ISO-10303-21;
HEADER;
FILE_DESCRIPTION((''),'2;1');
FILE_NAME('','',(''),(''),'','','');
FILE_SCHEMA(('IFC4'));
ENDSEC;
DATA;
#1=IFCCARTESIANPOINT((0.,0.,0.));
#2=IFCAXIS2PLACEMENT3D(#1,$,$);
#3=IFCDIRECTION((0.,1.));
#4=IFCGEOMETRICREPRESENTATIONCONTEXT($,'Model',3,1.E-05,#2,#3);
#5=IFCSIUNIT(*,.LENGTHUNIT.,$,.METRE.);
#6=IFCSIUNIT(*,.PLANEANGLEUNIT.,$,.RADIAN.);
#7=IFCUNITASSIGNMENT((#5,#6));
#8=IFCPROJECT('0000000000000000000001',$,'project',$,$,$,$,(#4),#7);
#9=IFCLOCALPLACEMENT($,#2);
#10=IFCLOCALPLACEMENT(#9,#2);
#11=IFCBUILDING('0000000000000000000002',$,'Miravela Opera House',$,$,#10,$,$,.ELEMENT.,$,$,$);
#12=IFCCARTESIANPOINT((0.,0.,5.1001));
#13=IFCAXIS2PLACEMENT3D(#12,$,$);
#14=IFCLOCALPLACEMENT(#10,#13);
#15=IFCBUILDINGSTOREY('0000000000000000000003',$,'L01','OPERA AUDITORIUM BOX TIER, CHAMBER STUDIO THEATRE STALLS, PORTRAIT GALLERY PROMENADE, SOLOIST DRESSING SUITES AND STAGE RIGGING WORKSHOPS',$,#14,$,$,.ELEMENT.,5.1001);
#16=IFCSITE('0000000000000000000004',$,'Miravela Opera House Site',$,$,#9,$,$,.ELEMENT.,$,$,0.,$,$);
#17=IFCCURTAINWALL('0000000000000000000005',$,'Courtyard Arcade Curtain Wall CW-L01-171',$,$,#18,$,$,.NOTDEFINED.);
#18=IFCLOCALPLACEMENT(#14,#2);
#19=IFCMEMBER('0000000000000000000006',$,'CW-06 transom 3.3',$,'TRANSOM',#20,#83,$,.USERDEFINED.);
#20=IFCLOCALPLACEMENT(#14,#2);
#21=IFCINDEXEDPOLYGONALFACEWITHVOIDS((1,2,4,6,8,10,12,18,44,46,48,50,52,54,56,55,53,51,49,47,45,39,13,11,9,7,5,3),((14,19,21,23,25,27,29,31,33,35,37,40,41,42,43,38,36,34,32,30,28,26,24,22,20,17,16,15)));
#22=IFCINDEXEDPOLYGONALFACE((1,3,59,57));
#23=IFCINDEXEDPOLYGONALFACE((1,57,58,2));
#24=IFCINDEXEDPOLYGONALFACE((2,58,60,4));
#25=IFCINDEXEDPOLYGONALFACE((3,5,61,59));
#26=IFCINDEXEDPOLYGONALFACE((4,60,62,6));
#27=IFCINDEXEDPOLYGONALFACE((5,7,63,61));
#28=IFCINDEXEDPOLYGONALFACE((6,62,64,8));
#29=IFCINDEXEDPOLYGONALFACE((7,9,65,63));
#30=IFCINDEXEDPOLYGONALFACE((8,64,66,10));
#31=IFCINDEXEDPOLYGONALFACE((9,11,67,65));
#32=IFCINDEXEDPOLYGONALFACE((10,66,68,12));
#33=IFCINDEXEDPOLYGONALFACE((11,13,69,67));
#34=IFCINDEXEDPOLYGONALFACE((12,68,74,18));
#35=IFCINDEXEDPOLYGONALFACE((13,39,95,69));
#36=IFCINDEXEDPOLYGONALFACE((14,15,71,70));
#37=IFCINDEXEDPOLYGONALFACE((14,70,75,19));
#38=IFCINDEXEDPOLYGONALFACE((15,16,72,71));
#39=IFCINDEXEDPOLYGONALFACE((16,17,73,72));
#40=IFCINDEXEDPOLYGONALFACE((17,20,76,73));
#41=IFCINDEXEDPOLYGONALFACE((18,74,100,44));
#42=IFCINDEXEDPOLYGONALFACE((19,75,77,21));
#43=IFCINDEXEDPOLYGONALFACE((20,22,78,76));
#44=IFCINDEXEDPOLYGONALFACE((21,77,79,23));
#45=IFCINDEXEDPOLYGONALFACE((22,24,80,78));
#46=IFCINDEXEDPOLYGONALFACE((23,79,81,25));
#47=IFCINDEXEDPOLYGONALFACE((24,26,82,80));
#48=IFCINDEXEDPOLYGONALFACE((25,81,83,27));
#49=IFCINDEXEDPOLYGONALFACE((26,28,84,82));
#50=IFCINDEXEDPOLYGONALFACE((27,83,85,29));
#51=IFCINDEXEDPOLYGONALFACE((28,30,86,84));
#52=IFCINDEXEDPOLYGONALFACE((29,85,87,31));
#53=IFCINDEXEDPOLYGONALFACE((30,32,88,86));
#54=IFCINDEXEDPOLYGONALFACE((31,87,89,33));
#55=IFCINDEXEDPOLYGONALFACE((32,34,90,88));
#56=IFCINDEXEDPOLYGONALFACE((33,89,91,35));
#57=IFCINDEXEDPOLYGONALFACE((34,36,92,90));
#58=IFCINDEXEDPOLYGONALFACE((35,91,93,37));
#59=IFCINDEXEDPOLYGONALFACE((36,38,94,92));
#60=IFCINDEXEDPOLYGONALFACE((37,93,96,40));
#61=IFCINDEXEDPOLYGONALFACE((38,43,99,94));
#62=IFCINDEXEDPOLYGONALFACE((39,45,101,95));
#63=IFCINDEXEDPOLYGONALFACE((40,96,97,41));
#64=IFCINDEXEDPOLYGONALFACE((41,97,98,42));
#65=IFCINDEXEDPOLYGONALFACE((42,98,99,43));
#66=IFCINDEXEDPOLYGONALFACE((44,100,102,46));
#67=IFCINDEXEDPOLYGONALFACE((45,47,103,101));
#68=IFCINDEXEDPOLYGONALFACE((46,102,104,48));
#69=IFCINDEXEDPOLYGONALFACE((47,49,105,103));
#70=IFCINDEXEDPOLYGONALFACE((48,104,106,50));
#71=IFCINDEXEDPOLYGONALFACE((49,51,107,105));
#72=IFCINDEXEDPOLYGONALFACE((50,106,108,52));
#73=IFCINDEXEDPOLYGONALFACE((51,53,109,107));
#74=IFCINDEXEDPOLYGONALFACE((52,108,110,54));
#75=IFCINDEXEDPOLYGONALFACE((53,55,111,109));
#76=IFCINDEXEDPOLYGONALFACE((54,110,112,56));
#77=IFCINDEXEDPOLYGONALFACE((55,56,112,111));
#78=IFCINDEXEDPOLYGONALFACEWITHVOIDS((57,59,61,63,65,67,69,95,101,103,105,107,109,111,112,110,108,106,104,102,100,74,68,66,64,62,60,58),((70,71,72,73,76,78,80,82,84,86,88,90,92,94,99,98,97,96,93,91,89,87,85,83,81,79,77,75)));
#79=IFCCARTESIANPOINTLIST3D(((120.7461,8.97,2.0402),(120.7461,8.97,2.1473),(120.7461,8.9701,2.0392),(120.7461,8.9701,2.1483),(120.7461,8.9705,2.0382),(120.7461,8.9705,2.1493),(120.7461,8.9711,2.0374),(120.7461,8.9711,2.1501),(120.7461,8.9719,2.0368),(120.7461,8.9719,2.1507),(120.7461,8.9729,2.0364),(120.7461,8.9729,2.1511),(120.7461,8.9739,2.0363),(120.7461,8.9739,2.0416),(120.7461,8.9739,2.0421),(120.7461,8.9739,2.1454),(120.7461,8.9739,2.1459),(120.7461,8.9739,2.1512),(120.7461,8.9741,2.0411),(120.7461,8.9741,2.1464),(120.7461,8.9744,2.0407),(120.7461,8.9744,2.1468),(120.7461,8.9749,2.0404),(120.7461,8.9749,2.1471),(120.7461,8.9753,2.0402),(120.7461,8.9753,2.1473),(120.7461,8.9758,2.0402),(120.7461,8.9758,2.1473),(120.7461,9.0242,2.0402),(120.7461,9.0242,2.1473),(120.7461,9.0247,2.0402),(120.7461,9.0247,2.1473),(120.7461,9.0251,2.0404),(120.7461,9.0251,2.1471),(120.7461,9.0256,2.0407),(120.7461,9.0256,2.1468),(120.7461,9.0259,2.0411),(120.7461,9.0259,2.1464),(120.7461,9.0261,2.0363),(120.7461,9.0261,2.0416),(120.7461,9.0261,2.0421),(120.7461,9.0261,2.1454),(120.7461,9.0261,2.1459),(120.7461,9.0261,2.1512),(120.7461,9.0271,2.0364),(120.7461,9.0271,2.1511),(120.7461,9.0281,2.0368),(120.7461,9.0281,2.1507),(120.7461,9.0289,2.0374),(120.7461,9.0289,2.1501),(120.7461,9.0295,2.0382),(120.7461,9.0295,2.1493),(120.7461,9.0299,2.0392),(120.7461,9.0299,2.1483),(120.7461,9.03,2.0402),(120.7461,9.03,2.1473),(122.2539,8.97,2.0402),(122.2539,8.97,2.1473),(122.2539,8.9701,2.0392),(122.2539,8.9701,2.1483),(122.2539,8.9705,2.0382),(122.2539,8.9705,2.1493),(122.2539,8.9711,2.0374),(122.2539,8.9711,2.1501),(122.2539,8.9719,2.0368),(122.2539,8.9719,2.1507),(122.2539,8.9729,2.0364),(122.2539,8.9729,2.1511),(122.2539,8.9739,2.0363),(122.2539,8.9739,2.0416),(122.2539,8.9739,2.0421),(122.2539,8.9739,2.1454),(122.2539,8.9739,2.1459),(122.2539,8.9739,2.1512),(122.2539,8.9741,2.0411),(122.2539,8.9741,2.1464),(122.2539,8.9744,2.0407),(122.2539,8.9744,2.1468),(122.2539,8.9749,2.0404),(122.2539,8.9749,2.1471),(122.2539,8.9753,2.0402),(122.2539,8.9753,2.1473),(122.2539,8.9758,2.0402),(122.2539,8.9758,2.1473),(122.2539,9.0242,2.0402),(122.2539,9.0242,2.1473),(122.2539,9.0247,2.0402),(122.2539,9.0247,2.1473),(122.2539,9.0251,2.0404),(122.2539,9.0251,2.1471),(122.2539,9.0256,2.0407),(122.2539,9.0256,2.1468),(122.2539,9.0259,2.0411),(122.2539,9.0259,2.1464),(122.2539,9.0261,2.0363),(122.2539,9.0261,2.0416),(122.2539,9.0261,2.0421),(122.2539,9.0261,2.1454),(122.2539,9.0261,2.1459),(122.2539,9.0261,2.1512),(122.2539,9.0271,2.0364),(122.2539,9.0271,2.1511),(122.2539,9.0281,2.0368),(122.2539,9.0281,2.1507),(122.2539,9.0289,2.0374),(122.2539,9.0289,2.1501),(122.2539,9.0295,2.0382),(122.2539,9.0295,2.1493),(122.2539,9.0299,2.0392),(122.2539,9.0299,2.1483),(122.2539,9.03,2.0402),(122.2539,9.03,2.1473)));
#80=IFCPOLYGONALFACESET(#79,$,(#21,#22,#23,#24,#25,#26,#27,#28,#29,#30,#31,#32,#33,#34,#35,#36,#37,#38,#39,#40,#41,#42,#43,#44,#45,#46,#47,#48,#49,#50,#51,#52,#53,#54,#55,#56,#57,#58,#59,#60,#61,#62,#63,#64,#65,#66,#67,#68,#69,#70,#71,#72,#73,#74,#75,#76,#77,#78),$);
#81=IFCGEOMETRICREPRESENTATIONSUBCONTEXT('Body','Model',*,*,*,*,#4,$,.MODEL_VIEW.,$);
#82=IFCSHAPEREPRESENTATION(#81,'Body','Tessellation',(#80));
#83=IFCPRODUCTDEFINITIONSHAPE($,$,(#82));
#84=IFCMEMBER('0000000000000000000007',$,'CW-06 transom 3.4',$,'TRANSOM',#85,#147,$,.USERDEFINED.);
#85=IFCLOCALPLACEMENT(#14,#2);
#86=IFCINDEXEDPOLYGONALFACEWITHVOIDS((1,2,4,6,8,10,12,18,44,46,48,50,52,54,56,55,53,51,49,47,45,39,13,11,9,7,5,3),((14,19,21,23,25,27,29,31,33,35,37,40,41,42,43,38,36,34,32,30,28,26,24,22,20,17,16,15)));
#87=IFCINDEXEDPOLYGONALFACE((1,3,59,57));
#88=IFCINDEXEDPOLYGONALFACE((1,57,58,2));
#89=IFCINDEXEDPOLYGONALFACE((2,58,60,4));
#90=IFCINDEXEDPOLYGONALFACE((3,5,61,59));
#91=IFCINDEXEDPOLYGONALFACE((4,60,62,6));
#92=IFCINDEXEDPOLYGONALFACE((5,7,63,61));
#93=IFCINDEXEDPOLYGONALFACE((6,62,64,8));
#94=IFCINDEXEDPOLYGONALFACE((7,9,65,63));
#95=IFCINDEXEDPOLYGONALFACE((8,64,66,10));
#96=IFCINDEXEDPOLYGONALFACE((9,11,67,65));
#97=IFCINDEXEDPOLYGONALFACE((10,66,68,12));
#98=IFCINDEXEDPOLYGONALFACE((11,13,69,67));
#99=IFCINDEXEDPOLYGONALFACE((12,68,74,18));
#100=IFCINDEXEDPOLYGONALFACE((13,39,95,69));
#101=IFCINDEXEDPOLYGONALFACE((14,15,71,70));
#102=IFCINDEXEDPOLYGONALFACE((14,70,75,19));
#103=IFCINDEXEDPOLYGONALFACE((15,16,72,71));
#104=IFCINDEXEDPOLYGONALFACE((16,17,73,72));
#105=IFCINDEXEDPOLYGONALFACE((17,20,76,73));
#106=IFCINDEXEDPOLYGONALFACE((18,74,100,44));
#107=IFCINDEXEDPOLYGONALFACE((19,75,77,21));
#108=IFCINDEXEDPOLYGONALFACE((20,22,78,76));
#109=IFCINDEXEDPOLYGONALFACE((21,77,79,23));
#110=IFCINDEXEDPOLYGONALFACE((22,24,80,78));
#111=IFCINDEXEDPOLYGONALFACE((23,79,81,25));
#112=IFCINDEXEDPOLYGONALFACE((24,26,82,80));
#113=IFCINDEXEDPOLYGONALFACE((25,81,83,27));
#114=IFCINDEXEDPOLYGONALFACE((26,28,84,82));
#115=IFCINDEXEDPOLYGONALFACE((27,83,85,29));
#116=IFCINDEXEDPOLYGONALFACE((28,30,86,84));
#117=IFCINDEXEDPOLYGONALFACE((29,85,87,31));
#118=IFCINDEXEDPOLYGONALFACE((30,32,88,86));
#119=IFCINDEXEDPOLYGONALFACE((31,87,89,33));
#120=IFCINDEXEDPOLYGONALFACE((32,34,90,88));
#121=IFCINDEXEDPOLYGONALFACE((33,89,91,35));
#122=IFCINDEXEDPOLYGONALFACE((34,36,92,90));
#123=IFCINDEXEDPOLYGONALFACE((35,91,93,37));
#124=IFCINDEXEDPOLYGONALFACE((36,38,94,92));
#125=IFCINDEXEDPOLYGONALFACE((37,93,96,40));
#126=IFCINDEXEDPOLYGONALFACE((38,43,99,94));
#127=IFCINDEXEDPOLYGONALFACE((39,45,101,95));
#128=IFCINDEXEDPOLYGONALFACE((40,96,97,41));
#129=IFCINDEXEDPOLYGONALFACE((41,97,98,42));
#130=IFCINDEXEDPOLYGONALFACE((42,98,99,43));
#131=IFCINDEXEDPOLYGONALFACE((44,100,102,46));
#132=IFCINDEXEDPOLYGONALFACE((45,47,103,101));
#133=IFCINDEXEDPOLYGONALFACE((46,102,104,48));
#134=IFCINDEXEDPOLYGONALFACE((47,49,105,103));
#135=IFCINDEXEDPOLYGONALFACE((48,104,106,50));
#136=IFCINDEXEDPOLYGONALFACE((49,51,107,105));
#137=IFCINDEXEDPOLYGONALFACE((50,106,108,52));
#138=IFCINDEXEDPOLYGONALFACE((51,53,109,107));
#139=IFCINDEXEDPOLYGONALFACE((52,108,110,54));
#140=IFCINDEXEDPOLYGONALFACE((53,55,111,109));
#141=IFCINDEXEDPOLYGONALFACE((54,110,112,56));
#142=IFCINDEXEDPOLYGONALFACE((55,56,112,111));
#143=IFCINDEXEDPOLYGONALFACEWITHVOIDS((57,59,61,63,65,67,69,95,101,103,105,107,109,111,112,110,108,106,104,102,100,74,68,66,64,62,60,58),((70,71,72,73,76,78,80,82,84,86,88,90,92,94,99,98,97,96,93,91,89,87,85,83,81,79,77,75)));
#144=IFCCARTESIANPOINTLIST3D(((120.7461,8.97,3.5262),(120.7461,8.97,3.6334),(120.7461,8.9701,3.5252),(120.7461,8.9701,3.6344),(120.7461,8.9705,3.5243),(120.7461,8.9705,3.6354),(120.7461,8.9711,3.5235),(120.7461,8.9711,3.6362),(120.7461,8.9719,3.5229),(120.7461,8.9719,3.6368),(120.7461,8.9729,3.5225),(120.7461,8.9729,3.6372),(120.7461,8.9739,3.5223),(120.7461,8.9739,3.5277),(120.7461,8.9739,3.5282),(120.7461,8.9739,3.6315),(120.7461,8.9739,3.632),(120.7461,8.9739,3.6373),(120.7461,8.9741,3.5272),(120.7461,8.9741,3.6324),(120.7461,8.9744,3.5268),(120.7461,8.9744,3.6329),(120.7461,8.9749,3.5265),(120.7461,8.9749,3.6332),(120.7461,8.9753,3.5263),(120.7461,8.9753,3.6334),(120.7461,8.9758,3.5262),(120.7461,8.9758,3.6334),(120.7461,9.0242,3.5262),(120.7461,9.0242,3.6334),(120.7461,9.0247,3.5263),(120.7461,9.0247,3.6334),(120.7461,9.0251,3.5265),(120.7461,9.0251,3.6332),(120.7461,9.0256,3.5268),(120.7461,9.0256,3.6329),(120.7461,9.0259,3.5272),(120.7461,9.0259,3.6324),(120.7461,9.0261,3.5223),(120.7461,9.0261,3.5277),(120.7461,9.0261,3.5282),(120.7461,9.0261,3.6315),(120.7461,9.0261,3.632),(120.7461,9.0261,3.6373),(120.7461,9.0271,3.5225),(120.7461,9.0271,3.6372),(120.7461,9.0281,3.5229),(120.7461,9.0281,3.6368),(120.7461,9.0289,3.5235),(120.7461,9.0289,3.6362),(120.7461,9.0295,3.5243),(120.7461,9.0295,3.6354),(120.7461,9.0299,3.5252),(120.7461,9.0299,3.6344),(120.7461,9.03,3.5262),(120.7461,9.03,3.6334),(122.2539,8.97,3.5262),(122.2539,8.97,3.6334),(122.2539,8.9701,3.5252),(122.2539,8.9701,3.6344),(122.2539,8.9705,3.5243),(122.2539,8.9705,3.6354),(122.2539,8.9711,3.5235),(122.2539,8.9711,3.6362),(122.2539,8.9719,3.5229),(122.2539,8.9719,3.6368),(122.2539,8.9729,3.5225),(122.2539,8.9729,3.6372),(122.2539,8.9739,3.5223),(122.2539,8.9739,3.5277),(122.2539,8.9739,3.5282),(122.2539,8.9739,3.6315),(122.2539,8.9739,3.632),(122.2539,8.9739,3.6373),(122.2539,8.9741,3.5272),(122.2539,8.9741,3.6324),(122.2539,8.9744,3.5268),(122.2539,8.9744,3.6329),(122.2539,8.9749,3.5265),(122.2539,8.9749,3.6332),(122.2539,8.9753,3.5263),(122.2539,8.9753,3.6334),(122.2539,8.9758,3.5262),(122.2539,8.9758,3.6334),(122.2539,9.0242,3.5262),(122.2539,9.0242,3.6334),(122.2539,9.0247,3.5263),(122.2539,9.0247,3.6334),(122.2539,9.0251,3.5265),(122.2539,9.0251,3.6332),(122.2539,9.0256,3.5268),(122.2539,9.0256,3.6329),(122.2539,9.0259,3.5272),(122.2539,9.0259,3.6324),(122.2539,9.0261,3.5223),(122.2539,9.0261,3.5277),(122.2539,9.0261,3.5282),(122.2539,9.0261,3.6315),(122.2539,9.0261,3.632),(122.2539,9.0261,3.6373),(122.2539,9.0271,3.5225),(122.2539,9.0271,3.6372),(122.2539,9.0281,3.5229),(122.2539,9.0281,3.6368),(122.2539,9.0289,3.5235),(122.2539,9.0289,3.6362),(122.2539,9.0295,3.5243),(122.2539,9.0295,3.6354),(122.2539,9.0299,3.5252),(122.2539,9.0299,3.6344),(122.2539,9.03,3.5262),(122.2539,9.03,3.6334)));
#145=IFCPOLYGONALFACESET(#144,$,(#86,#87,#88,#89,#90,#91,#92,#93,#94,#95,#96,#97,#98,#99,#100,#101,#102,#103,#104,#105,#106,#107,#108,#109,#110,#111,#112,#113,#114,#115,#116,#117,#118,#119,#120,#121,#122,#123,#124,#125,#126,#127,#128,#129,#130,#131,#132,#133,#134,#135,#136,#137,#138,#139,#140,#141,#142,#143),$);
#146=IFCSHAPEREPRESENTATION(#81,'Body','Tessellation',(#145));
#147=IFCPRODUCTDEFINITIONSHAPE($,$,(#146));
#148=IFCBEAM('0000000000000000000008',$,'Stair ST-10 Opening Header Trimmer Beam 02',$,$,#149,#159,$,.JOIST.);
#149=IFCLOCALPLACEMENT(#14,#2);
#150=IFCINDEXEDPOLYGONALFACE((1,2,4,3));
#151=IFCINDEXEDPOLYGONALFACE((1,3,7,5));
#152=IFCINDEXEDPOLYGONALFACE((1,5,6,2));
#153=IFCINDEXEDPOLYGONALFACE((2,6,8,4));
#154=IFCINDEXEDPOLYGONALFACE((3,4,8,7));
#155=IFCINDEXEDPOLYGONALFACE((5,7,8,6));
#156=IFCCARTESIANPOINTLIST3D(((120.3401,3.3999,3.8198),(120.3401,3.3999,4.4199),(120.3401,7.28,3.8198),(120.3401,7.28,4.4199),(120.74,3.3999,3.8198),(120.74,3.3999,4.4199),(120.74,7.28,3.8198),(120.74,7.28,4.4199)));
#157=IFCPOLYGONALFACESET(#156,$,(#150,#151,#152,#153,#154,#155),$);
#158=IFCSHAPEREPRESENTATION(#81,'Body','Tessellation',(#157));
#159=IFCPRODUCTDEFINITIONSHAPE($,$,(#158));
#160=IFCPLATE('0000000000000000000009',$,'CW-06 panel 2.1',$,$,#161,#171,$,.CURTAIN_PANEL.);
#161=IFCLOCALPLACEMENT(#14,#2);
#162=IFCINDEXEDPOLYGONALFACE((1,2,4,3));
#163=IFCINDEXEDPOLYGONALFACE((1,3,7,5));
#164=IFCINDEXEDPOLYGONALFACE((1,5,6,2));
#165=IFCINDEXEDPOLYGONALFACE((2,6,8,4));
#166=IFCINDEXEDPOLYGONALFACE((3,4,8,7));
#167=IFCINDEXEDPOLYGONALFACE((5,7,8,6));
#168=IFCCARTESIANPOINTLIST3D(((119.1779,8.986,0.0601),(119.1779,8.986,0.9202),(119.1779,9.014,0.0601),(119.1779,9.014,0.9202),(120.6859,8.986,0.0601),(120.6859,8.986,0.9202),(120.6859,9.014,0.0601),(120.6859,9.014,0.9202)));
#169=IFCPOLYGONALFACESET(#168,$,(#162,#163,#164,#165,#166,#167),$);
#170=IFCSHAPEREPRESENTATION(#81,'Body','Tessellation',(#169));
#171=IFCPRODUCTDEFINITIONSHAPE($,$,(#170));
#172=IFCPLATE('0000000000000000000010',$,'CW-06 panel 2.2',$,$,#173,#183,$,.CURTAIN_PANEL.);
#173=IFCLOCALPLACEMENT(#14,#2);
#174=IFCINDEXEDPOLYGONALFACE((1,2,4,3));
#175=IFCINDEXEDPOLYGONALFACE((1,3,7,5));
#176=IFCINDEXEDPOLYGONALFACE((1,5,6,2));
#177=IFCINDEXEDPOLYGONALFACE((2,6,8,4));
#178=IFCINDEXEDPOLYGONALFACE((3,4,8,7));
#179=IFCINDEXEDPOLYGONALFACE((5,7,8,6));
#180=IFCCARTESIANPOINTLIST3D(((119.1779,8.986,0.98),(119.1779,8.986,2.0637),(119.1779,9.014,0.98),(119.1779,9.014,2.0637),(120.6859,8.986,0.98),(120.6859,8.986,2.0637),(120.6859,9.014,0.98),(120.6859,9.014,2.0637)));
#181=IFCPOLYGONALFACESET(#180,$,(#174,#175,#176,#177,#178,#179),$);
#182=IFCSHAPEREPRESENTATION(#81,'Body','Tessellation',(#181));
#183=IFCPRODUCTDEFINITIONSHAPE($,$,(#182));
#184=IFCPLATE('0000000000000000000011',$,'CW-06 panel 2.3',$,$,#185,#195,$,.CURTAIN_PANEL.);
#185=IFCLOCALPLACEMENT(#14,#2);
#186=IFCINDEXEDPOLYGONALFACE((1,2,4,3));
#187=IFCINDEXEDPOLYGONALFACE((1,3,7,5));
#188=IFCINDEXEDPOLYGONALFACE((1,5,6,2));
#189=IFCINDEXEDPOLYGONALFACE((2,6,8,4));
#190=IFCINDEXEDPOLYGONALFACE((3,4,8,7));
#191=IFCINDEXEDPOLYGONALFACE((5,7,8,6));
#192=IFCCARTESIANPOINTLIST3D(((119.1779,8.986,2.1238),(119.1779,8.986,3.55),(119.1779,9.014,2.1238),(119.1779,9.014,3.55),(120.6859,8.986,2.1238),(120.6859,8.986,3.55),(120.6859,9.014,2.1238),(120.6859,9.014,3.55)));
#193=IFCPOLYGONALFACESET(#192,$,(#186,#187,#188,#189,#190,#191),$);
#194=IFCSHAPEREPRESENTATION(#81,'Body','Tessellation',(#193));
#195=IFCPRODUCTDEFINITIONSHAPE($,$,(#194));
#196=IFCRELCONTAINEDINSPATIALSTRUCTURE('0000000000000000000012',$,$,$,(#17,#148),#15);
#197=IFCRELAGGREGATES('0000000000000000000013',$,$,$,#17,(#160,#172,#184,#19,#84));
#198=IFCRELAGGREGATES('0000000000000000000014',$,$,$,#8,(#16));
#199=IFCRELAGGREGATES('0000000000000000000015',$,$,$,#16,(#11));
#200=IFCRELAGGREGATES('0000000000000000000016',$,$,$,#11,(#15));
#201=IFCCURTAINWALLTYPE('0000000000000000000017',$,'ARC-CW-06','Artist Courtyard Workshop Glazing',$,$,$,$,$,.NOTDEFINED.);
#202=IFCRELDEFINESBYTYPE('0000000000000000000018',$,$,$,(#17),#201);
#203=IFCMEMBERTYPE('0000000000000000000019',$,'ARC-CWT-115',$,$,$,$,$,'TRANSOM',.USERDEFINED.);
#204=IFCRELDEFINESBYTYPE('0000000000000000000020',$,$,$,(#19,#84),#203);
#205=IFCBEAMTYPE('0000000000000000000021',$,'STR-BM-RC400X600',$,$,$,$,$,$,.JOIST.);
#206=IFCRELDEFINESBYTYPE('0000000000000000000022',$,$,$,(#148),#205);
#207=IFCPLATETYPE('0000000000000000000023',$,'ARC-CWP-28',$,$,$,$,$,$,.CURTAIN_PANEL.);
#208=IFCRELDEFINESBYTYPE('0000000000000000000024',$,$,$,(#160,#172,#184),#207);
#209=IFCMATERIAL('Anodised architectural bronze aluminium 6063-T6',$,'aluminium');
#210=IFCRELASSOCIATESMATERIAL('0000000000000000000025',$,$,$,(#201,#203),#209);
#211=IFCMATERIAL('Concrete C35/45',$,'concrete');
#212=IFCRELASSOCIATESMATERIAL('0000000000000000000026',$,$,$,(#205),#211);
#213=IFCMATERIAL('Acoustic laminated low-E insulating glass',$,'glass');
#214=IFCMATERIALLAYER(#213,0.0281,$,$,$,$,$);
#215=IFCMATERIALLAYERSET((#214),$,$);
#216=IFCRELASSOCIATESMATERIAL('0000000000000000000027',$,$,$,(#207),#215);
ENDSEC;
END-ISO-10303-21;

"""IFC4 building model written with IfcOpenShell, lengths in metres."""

from ifc_helpers import new_model, si_unit, direction, frame, origin, origin_2d, place, context, subcontext, project, spatial, rectangle, hollow_rectangle, extrude, material, layer, layer_set, material_profile, profile_set, type_object, element, aggregate, save


model = new_model("IFC4")

# Units and contexts
model_context = context("Model", 3, precision=1e-05, world=origin(), true_north=direction((0.0, 1.0)))
body_context = subcontext(model_context, "Body", "Model", "MODEL_VIEW")
ifc_project = project(units=[si_unit("LENGTHUNIT", "METRE"), si_unit("PLANEANGLEUNIT", "RADIAN")], contexts=[model_context])

# Site, building, storey
site_placement = place(None, origin())
site = spatial("IfcSite", under=ifc_project, at=site_placement, Name="Miravela Opera House Site", CompositionType="ELEMENT", RefElevation=0.0)
building_placement = place(site_placement, origin())
building = spatial("IfcBuilding", under=site, at=building_placement, Name="Miravela Opera House", CompositionType="ELEMENT")
storey_placement = place(building_placement, frame((0.0, 0.0, 5.1001)))
storey = spatial("IfcBuildingStorey", under=building, at=storey_placement, Name="L01", Description="OPERA AUDITORIUM BOX TIER, CHAMBER STUDIO THEATRE STALLS, PORTRAIT GALLERY PROMENADE, SOLOIST DRESSING SUITES AND STAGE RIGGING WORKSHOPS", CompositionType="ELEMENT", Elevation=5.1001)

# Curtain wall, members
ifc_material_1 = material(Name="Anodised architectural bronze aluminium 6063-T6", Category="aluminium")
curtain_wall_type = type_object("IfcCurtainWallType", Name="ARC-CW-06", Description="Artist Courtyard Workshop Glazing", PredefinedType="NOTDEFINED", material=ifc_material_1)
curtain_wall_placement = place(storey_placement, origin())
curtain_wall = element("IfcCurtainWall", 1, at=curtain_wall_placement, inside=storey, type_object=curtain_wall_type, Name="Courtyard Arcade Curtain Wall CW-L01-171", PredefinedType="NOTDEFINED")
ifc_material_profile_1 = material_profile(ifc_material_1, hollow_rectangle(XDim=0.0601, YDim=0.115, WallThickness=0.0039, InnerFilletRadius=0.002, OuterFilletRadius=0.0039, at=origin_2d()), Name="CWT-60X115")
ifc_profile_set_1 = profile_set([ifc_material_profile_1])
member_type_1 = type_object("IfcMemberType", Name="ARC-CWT-115", ElementType="TRANSOM", PredefinedType="USERDEFINED", material=ifc_profile_set_1)
member_1_placement = place(storey_placement, frame((120.7461, 9.0, 2.0938), z_axis=(1.0, 0.0, 0.0), x_axis=(0.0, 1.0, 0.0)))
member_1 = element("IfcMember", 2, at=member_1_placement, type_object=member_type_1, Name="CW-06 transom 3.3", ObjectType="TRANSOM", PredefinedType="USERDEFINED", context=body_context, shape_type="SweptSolid", body=[
    extrude(hollow_rectangle(XDim=0.0601, YDim=0.115, WallThickness=0.0039, InnerFilletRadius=0.002, OuterFilletRadius=0.0039, at=origin_2d()), origin(), (0.0, 0.0, 1.0), 1.5078),
])
member_2_placement = place(storey_placement, frame((120.7461, 9.0, 3.5798), z_axis=(1.0, 0.0, 0.0), x_axis=(0.0, 1.0, 0.0)))
member_2 = element("IfcMember", 3, at=member_2_placement, type_object=member_type_1, Name="CW-06 transom 3.4", ObjectType="TRANSOM", PredefinedType="USERDEFINED", context=body_context, shape_type="SweptSolid", body=[
    extrude(hollow_rectangle(XDim=0.0601, YDim=0.115, WallThickness=0.0039, InnerFilletRadius=0.002, OuterFilletRadius=0.0039, at=origin_2d()), origin(), (0.0, 0.0, 1.0), 1.5078),
])

# Beam
ifc_material_2 = material(Name="Concrete C35/45", Category="concrete")
ifc_material_profile_2 = material_profile(ifc_material_2, rectangle(XDim=0.3999, YDim=0.6001, at=origin_2d()), Name="RC-BM-400X600")
ifc_profile_set_2 = profile_set([ifc_material_profile_2])
beam_type = type_object("IfcBeamType", Name="STR-BM-RC400X600", PredefinedType="JOIST", material=ifc_profile_set_2)
beam_placement = place(storey_placement, frame((120.54, 3.3999, 4.1199), z_axis=(0.0, 1.0, 0.0), x_axis=(-1.0, 0.0, 0.0)))
element("IfcBeam", 4, at=beam_placement, inside=storey, type_object=beam_type, Name="Stair ST-10 Opening Header Trimmer Beam 02", PredefinedType="JOIST", context=body_context, shape_type="SweptSolid", body=[
    extrude(rectangle(XDim=0.3999, YDim=0.6001, at=origin_2d()), origin(), (0.0, 0.0, 1.0), 3.8801),
])

# Plates
ifc_material_3 = material(Name="Acoustic laminated low-E insulating glass", Category="glass")
ifc_layer_1 = layer(ifc_material_3, 0.0281)
ifc_layer_set_1 = layer_set([ifc_layer_1])
plate_type = type_object("IfcPlateType", Name="ARC-CWP-28", PredefinedType="CURTAIN_PANEL", material=ifc_layer_set_1)
plate_1_placement = place(storey_placement, frame((119.9319, 9.0, 0.0601), z_axis=(0.0, 0.0, 1.0), x_axis=(1.0, 0.0, 0.0)))
plate_1 = element("IfcPlate", 5, at=plate_1_placement, type_object=plate_type, Name="CW-06 panel 2.1", PredefinedType="CURTAIN_PANEL", context=body_context, shape_type="SweptSolid", body=[
    extrude(rectangle(XDim=1.5081, YDim=0.0281, at=origin_2d()), origin(), (0.0, 0.0, 1.0), 0.8601),
])
plate_2_placement = place(storey_placement, frame((119.9319, 9.0, 0.98), z_axis=(0.0, 0.0, 1.0), x_axis=(1.0, 0.0, 0.0)))
plate_2 = element("IfcPlate", 6, at=plate_2_placement, type_object=plate_type, Name="CW-06 panel 2.2", PredefinedType="CURTAIN_PANEL", context=body_context, shape_type="SweptSolid", body=[
    extrude(rectangle(XDim=1.5081, YDim=0.0281, at=origin_2d()), origin(), (0.0, 0.0, 1.0), 1.0837),
])
plate_3_placement = place(storey_placement, frame((119.9319, 9.0, 2.1238), z_axis=(0.0, 0.0, 1.0), x_axis=(1.0, 0.0, 0.0)))
plate_3 = element("IfcPlate", 7, at=plate_3_placement, type_object=plate_type, Name="CW-06 panel 2.3", PredefinedType="CURTAIN_PANEL", context=body_context, shape_type="SweptSolid", body=[
    extrude(rectangle(XDim=1.5081, YDim=0.0281, at=origin_2d()), origin(), (0.0, 0.0, 1.0), 1.4263),
])
aggregate(curtain_wall, [plate_1, plate_2, plate_3, member_1, member_2])

save(model, "model.ifc")
